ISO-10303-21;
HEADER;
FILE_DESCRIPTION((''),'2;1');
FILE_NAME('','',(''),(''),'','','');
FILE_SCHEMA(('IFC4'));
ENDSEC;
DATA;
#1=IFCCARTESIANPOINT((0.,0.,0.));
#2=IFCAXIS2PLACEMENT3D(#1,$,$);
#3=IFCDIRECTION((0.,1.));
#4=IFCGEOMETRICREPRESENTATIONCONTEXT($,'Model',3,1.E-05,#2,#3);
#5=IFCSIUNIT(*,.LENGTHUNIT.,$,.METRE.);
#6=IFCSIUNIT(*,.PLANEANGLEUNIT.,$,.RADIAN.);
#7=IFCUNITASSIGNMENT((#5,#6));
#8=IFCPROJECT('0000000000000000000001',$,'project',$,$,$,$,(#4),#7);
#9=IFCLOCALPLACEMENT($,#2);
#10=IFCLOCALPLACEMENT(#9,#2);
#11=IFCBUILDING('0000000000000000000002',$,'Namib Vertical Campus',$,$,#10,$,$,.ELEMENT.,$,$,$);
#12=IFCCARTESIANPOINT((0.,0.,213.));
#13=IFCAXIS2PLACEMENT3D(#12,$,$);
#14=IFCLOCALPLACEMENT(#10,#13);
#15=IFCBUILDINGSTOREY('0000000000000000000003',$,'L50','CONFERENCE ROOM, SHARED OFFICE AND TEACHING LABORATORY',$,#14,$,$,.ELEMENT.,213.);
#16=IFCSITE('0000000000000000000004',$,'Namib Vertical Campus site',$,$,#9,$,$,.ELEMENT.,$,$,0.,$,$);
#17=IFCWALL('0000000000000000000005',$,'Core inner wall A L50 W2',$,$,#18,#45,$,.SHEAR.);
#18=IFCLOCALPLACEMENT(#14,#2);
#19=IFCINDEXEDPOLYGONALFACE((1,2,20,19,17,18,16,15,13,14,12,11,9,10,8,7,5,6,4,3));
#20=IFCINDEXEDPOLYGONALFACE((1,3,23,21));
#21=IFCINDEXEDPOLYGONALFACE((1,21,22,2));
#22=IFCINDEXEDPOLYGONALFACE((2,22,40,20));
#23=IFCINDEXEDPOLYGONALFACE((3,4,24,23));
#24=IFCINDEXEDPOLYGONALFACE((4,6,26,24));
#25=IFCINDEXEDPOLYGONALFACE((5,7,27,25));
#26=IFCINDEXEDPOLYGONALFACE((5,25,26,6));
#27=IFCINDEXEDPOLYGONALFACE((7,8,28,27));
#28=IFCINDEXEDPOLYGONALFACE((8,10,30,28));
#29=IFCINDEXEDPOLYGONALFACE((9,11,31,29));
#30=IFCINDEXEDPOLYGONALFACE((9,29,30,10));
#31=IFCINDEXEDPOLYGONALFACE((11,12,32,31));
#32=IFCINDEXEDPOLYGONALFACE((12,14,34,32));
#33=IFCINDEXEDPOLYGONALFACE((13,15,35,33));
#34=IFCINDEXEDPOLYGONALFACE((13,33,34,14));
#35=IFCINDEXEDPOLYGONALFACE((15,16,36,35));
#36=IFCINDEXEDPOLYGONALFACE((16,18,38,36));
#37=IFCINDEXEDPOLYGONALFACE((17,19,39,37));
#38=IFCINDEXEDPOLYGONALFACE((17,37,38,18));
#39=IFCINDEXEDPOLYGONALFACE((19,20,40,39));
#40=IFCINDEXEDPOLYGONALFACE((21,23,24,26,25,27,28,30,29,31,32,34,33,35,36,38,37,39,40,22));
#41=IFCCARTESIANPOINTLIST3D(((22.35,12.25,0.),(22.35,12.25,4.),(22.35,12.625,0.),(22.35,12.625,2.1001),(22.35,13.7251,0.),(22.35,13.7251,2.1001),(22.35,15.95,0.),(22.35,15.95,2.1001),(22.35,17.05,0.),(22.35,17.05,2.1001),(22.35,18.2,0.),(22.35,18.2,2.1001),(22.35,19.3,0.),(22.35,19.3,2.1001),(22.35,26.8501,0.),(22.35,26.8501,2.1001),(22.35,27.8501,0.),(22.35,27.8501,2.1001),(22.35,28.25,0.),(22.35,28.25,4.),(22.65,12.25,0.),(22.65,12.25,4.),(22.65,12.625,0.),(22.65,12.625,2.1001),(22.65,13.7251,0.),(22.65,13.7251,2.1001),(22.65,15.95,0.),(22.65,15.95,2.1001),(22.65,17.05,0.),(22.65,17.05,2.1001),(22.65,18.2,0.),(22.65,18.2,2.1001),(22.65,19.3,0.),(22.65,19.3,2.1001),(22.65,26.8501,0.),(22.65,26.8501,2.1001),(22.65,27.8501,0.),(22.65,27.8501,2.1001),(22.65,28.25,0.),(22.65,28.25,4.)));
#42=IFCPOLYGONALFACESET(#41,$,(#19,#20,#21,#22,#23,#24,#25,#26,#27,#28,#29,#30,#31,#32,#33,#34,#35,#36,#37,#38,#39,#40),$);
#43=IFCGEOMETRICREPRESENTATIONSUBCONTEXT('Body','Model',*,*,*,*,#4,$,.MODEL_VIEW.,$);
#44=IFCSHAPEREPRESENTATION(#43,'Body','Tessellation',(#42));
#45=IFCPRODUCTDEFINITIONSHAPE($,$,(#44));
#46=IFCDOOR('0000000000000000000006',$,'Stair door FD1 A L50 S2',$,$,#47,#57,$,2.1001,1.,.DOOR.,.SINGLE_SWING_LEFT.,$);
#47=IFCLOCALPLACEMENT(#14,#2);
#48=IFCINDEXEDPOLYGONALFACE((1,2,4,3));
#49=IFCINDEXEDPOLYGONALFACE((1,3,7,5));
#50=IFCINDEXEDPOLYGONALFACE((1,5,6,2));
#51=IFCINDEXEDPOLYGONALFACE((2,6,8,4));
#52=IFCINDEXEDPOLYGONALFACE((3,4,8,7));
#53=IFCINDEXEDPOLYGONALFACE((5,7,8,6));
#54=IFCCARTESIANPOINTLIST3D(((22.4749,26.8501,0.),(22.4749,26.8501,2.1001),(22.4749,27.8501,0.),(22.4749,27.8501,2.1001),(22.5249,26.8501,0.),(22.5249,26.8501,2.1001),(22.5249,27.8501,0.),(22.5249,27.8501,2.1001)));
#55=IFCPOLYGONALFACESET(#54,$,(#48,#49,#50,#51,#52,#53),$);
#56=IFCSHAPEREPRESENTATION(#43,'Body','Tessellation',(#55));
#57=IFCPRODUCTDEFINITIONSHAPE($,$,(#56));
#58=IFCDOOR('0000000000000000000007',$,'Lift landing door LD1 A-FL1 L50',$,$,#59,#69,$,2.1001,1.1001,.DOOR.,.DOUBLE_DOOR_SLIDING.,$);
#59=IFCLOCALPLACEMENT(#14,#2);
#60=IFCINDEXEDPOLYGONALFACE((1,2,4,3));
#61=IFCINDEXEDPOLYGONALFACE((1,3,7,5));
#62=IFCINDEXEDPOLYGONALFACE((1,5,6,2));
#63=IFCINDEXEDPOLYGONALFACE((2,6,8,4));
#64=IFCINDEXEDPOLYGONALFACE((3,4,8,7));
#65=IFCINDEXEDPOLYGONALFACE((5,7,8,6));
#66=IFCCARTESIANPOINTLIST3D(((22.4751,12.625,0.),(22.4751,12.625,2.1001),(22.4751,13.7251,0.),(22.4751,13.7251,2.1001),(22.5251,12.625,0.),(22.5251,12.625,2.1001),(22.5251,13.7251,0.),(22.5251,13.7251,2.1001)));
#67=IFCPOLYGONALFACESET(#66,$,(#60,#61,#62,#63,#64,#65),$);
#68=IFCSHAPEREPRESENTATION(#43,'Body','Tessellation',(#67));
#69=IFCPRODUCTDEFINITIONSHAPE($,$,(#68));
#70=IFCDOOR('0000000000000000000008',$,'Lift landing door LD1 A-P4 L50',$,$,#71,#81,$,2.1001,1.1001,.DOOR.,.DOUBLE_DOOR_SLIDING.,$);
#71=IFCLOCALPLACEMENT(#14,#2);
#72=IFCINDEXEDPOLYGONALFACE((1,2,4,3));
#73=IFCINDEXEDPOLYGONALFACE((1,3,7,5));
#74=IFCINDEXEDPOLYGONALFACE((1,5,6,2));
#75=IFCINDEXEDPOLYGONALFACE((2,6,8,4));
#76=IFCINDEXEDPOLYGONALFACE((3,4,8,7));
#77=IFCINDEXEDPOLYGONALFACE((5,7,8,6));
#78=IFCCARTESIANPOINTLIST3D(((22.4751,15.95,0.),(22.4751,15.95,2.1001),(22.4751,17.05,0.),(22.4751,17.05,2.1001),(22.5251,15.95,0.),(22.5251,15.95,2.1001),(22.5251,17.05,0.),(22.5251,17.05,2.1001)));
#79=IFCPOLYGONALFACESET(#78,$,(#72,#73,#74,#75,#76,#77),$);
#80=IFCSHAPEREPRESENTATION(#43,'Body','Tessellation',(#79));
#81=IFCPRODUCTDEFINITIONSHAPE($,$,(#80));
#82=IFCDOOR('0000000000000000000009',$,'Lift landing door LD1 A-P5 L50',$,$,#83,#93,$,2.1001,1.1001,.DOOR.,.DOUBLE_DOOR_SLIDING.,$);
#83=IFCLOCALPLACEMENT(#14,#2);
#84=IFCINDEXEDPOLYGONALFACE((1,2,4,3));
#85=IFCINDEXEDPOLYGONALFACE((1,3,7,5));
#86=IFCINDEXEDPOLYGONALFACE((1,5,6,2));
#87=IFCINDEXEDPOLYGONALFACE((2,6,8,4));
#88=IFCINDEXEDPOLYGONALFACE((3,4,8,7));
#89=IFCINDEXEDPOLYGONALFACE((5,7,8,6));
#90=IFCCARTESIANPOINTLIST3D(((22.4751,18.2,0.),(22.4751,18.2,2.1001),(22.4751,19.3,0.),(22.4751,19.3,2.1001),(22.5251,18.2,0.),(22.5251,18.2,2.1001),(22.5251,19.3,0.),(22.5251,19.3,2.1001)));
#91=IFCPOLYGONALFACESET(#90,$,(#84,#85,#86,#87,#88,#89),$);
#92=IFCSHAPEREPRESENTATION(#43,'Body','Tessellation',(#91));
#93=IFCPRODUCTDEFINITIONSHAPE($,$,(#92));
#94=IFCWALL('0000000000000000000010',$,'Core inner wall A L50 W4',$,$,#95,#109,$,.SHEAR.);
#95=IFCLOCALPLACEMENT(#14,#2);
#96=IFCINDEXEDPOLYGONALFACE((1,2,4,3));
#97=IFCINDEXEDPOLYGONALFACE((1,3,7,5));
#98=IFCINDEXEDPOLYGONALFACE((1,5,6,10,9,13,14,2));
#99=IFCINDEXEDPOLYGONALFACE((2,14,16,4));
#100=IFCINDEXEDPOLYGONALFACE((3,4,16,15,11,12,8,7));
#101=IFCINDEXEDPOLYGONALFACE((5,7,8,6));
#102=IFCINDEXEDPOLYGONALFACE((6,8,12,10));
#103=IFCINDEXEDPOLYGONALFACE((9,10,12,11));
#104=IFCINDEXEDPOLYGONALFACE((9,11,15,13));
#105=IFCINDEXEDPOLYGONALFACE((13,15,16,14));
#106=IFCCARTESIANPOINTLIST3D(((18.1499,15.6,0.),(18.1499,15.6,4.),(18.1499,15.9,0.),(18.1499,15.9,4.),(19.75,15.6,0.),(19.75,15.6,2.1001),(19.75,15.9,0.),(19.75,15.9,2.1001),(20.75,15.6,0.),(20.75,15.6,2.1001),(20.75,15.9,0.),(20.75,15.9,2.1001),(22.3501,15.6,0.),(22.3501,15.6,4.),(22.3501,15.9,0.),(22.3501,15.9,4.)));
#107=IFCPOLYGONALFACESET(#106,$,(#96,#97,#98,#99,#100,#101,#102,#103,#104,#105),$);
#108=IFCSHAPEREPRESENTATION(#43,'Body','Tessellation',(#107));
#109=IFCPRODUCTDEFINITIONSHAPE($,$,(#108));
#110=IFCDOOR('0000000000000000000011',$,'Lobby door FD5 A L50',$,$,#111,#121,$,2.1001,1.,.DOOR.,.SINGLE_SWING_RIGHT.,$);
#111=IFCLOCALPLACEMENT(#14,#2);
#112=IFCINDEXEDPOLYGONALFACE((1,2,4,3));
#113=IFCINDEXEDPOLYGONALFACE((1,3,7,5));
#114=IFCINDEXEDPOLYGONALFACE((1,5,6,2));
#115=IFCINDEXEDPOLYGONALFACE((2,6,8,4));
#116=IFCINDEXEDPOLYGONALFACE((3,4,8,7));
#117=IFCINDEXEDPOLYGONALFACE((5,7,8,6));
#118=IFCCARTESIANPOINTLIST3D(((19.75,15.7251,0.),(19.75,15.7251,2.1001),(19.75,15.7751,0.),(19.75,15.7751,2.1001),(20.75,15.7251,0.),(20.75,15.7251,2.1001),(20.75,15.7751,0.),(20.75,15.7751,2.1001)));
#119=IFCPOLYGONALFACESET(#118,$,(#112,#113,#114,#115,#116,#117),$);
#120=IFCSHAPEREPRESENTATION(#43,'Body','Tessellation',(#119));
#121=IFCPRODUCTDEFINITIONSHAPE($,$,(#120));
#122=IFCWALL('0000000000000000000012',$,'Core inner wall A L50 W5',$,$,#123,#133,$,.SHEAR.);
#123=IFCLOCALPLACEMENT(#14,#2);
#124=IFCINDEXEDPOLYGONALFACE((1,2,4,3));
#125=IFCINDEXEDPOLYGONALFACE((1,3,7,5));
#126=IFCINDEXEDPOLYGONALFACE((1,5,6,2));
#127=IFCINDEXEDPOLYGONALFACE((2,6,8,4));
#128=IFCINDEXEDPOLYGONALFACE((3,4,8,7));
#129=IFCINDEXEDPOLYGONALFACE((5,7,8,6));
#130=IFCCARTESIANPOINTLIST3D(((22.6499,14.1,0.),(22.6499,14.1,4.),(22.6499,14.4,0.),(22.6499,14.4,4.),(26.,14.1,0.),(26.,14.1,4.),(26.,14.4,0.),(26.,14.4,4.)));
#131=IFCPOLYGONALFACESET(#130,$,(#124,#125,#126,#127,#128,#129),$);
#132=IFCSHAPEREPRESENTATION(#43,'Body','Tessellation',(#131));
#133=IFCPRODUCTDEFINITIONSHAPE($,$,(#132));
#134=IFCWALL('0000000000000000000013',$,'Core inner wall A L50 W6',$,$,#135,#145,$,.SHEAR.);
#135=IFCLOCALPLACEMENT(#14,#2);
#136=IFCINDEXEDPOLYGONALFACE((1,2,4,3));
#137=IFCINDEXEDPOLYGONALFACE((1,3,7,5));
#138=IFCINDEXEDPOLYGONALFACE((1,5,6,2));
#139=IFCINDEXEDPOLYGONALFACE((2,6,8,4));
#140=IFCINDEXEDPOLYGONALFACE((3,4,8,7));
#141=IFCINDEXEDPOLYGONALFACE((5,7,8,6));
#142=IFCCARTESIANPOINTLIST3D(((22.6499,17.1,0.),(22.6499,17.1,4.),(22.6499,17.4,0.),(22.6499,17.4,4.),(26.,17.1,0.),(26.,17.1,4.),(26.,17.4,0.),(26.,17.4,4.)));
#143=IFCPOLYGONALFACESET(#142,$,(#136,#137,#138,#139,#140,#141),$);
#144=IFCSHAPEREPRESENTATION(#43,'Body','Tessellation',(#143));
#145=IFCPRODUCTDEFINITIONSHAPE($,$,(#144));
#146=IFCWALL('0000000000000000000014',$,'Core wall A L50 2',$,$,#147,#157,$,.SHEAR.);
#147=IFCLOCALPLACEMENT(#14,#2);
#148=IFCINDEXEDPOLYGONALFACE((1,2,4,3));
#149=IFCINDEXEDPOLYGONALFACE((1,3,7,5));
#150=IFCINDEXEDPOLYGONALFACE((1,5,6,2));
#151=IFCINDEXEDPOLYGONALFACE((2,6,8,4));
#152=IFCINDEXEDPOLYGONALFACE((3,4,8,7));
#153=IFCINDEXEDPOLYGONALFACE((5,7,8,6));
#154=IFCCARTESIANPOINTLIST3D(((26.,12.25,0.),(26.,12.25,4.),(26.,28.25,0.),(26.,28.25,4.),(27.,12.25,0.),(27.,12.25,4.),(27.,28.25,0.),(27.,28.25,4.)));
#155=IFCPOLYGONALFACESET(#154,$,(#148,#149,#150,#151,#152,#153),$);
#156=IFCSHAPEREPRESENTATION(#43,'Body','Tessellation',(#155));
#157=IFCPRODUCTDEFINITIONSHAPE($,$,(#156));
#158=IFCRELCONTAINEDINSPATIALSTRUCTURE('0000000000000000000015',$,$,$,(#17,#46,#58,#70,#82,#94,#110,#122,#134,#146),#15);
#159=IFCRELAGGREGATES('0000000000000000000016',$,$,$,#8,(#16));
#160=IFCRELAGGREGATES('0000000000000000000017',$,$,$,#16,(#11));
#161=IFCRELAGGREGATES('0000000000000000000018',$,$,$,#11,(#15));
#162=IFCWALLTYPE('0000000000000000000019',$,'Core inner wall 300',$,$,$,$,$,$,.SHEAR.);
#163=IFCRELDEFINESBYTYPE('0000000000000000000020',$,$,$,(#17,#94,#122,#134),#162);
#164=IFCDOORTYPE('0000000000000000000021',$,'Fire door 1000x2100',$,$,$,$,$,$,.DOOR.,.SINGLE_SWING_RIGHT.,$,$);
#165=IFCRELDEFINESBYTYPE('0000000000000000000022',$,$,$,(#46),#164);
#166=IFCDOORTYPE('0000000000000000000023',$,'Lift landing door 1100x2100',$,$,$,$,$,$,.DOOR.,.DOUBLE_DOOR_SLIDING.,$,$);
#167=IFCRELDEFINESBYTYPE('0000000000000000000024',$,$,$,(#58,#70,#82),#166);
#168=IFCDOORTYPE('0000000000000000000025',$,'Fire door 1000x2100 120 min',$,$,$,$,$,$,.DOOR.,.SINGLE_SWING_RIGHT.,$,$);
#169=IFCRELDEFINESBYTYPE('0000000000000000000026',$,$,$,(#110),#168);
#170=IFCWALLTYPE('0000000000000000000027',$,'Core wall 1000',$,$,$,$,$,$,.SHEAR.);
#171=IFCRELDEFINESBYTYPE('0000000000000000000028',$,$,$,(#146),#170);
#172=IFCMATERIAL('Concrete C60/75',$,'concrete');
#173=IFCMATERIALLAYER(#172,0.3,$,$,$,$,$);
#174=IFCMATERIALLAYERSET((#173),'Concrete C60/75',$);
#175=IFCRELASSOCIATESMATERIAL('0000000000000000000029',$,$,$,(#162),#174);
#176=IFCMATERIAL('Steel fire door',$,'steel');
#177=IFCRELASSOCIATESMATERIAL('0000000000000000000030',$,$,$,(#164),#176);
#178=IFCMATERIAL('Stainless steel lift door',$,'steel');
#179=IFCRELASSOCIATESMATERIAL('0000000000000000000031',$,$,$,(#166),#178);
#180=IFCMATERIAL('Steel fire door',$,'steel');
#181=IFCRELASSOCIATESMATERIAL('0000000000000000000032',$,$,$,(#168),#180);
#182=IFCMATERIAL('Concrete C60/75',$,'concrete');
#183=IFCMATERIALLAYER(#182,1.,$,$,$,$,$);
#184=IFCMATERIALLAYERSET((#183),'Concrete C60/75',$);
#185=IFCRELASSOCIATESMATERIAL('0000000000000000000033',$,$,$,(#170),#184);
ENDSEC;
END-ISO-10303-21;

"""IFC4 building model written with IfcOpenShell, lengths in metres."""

from ifc_helpers import new_model, si_unit, direction, frame, frame_2d, origin, place, context, subcontext, project, spatial, rectangle, extrude, material, layer, layer_set, type_object, element, fill, save


model = new_model("IFC4")

# Units and contexts
model_context = context("Model", 3, precision=1e-05, world=origin(), true_north=direction((0.0, 1.0)))
body_context = subcontext(model_context, "Body", "Model", "MODEL_VIEW")
ifc_project = project(units=[si_unit("LENGTHUNIT", "METRE"), si_unit("PLANEANGLEUNIT", "RADIAN")], contexts=[model_context])

# Site, building, storey
site_placement = place(None, origin())
site = spatial("IfcSite", under=ifc_project, at=site_placement, Name="Namib Vertical Campus site", CompositionType="ELEMENT", RefElevation=0.0)
building_placement = place(site_placement, origin())
building = spatial("IfcBuilding", under=site, at=building_placement, Name="Namib Vertical Campus", CompositionType="ELEMENT")
storey_placement = place(building_placement, frame((0.0, 0.0, 213.0)))
storey = spatial("IfcBuildingStorey", under=building, at=storey_placement, Name="L50", Description="CONFERENCE ROOM, SHARED OFFICE AND TEACHING LABORATORY", CompositionType="ELEMENT", Elevation=213.0)

# Wall, openings, doors
ifc_material_1 = material(Name="Concrete C60/75", Category="concrete")
ifc_layer_1 = layer(ifc_material_1, 0.3)
ifc_layer_set_1 = layer_set([ifc_layer_1], Name="Concrete C60/75")
wall_type_1 = type_object("IfcWallType", Name="Core inner wall 300", PredefinedType="SHEAR", material=ifc_layer_set_1)
ifc_material_2 = material(Name="Steel fire door", Category="steel")
door_type_1 = type_object("IfcDoorType", Name="Fire door 1000x2100", OperationType="SINGLE_SWING_RIGHT", PredefinedType="DOOR", material=ifc_material_2)
ifc_material_3 = material(Name="Stainless steel lift door", Category="steel")
door_type_2 = type_object("IfcDoorType", Name="Lift landing door 1100x2100", OperationType="DOUBLE_DOOR_SLIDING", PredefinedType="DOOR", material=ifc_material_3)
wall_1_placement = place(storey_placement, frame((22.5, 12.25, 0.0), z_axis=(0.0, 0.0, 1.0), x_axis=(0.0, 1.0, 0.0)))
wall_1 = element("IfcWall", 1, at=wall_1_placement, inside=storey, type_object=wall_type_1, Name="Core inner wall A L50 W2", PredefinedType="SHEAR", context=body_context, shape_type="SweptSolid", body=[
    extrude(rectangle(XDim=16.0, YDim=0.3, at=frame_2d((8.0, 0.0))), origin(), (0.0, 0.0, 1.0), 4.0),
])
opening_1_placement = place(wall_1_placement, frame((14.6001, 0.0, 0.0)))
opening_1 = element("IfcOpeningElement", 2, at=opening_1_placement, cuts=wall_1, PredefinedType="OPENING", context=body_context, shape_type="SweptSolid", body=[
    extrude(rectangle(XDim=1.0, YDim=2.1001, at=frame_2d((0.5, 1.05))), frame((0.0, 0.1599, 0.0), z_axis=(0.0, -1.0, 0.0), x_axis=(1.0, 0.0, 0.0)), (0.0, 0.0, 1.0), 0.3201),
])
opening_2_placement = place(wall_1_placement, frame((0.375, 0.0, 0.0)))
opening_2 = element("IfcOpeningElement", 3, at=opening_2_placement, cuts=wall_1, PredefinedType="OPENING", context=body_context, shape_type="SweptSolid", body=[
    extrude(rectangle(XDim=1.1001, YDim=2.1001, at=frame_2d((0.55, 1.05))), frame((0.0, 0.1599, 0.0), z_axis=(0.0, -1.0, 0.0), x_axis=(1.0, 0.0, 0.0)), (0.0, 0.0, 1.0), 0.3201),
])
opening_3_placement = place(wall_1_placement, frame((3.7, 0.0, 0.0)))
opening_3 = element("IfcOpeningElement", 4, at=opening_3_placement, cuts=wall_1, PredefinedType="OPENING", context=body_context, shape_type="SweptSolid", body=[
    extrude(rectangle(XDim=1.1001, YDim=2.1001, at=frame_2d((0.55, 1.05))), frame((0.0, 0.1599, 0.0), z_axis=(0.0, -1.0, 0.0), x_axis=(1.0, 0.0, 0.0)), (0.0, 0.0, 1.0), 0.3201),
])
opening_4_placement = place(wall_1_placement, frame((5.95, 0.0, 0.0)))
opening_4 = element("IfcOpeningElement", 5, at=opening_4_placement, cuts=wall_1, PredefinedType="OPENING", context=body_context, shape_type="SweptSolid", body=[
    extrude(rectangle(XDim=1.1001, YDim=2.1001, at=frame_2d((0.55, 1.05))), frame((0.0, 0.1599, 0.0), z_axis=(0.0, -1.0, 0.0), x_axis=(1.0, 0.0, 0.0)), (0.0, 0.0, 1.0), 0.3201),
])
door_1_placement = place(opening_1_placement, frame((1.0, 0.0, 0.0), z_axis=(0.0, 0.0, 1.0), x_axis=(-1.0, 0.0, 0.0)))
door_1 = element("IfcDoor", 6, at=door_1_placement, inside=storey, type_object=door_type_1, Name="Stair door FD1 A L50 S2", OperationType="SINGLE_SWING_LEFT", OverallHeight=2.1001, OverallWidth=1.0, PredefinedType="DOOR", context=body_context, shape_type="SweptSolid", body=[
    extrude(rectangle(XDim=1.0, YDim=2.1001, at=frame_2d((0.5, 1.05))), frame((0.0, 0.0249, 0.0), z_axis=(0.0, -1.0, 0.0), x_axis=(1.0, 0.0, 0.0)), (0.0, 0.0, 1.0), 0.05),
])
fill(opening_1, door_1)
door_2_placement = place(opening_2_placement, origin())
door_2 = element("IfcDoor", 7, at=door_2_placement, inside=storey, type_object=door_type_2, Name="Lift landing door LD1 A-FL1 L50", OperationType="DOUBLE_DOOR_SLIDING", OverallHeight=2.1001, OverallWidth=1.1001, PredefinedType="DOOR", context=body_context, shape_type="SweptSolid", body=[
    extrude(rectangle(XDim=1.1001, YDim=2.1001, at=frame_2d((0.55, 1.05))), frame((0.0, 0.0249, 0.0), z_axis=(0.0, -1.0, 0.0), x_axis=(1.0, 0.0, 0.0)), (0.0, 0.0, 1.0), 0.05),
])
fill(opening_2, door_2)
door_3_placement = place(opening_3_placement, origin())
door_3 = element("IfcDoor", 8, at=door_3_placement, inside=storey, type_object=door_type_2, Name="Lift landing door LD1 A-P4 L50", OperationType="DOUBLE_DOOR_SLIDING", OverallHeight=2.1001, OverallWidth=1.1001, PredefinedType="DOOR", context=body_context, shape_type="SweptSolid", body=[
    extrude(rectangle(XDim=1.1001, YDim=2.1001, at=frame_2d((0.55, 1.05))), frame((0.0, 0.0249, 0.0), z_axis=(0.0, -1.0, 0.0), x_axis=(1.0, 0.0, 0.0)), (0.0, 0.0, 1.0), 0.05),
])
fill(opening_3, door_3)
door_4_placement = place(opening_4_placement, origin())
door_4 = element("IfcDoor", 9, at=door_4_placement, inside=storey, type_object=door_type_2, Name="Lift landing door LD1 A-P5 L50", OperationType="DOUBLE_DOOR_SLIDING", OverallHeight=2.1001, OverallWidth=1.1001, PredefinedType="DOOR", context=body_context, shape_type="SweptSolid", body=[
    extrude(rectangle(XDim=1.1001, YDim=2.1001, at=frame_2d((0.55, 1.05))), frame((0.0, 0.0249, 0.0), z_axis=(0.0, -1.0, 0.0), x_axis=(1.0, 0.0, 0.0)), (0.0, 0.0, 1.0), 0.05),
])
fill(opening_4, door_4)

# Wall, opening, door
wall_2_placement = place(storey_placement, frame((18.1499, 15.75, 0.0), z_axis=(0.0, 0.0, 1.0), x_axis=(1.0, 0.0, 0.0)))
wall_2 = element("IfcWall", 10, at=wall_2_placement, inside=storey, type_object=wall_type_1, Name="Core inner wall A L50 W4", PredefinedType="SHEAR", context=body_context, shape_type="SweptSolid", body=[
    extrude(rectangle(XDim=4.2002, YDim=0.3, at=frame_2d((2.1001, 0.0))), origin(), (0.0, 0.0, 1.0), 4.0),
])
opening_5_placement = place(wall_2_placement, frame((1.6001, 0.0, 0.0)))
opening_5 = element("IfcOpeningElement", 11, at=opening_5_placement, cuts=wall_2, PredefinedType="OPENING", context=body_context, shape_type="SweptSolid", body=[
    extrude(rectangle(XDim=1.0, YDim=2.1001, at=frame_2d((0.5, 1.05))), frame((0.0, 0.1599, 0.0), z_axis=(0.0, -1.0, 0.0), x_axis=(1.0, 0.0, 0.0)), (0.0, 0.0, 1.0), 0.3201),
])
ifc_material_4 = material(Name="Steel fire door", Category="steel")
door_type_3 = type_object("IfcDoorType", Name="Fire door 1000x2100 120 min", OperationType="SINGLE_SWING_RIGHT", PredefinedType="DOOR", material=ifc_material_4)
door_5_placement = place(opening_5_placement, frame((1.0, 0.0, 0.0), z_axis=(0.0, 0.0, 1.0), x_axis=(-1.0, 0.0, 0.0)))
door_5 = element("IfcDoor", 12, at=door_5_placement, inside=storey, type_object=door_type_3, Name="Lobby door FD5 A L50", OperationType="SINGLE_SWING_RIGHT", OverallHeight=2.1001, OverallWidth=1.0, PredefinedType="DOOR", context=body_context, shape_type="SweptSolid", body=[
    extrude(rectangle(XDim=1.0, YDim=2.1001, at=frame_2d((0.5, 1.05))), frame((0.0, 0.0249, 0.0), z_axis=(0.0, -1.0, 0.0), x_axis=(1.0, 0.0, 0.0)), (0.0, 0.0, 1.0), 0.05),
])
fill(opening_5, door_5)

# Walls
for number, where, z_axis, x_axis, name in (
    (13, (22.6499, 14.25, 0.0), (0.0, 0.0, 1.0), (1.0, 0.0, 0.0), "Core inner wall A L50 W5"),
    (14, (22.6499, 17.25, 0.0), (0.0, 0.0, 1.0), (1.0, 0.0, 0.0), "Core inner wall A L50 W6"),
):
    element("IfcWall", number, at=place(storey_placement, frame(where, z_axis=z_axis, x_axis=x_axis)), inside=storey, type_object=wall_type_1, Name=name, PredefinedType="SHEAR", context=body_context, shape_type="SweptSolid", body=[
        extrude(rectangle(XDim=3.3501, YDim=0.3, at=frame_2d((1.675, 0.0))), origin(), (0.0, 0.0, 1.0), 4.0),
    ])
ifc_material_5 = material(Name="Concrete C60/75", Category="concrete")
ifc_layer_2 = layer(ifc_material_5, 1.0)
ifc_layer_set_2 = layer_set([ifc_layer_2], Name="Concrete C60/75")
wall_type_2 = type_object("IfcWallType", Name="Core wall 1000", PredefinedType="SHEAR", material=ifc_layer_set_2)
wall_3_placement = place(storey_placement, frame((26.5, 12.25, 0.0), z_axis=(0.0, 0.0, 1.0), x_axis=(0.0, 1.0, 0.0)))
element("IfcWall", 15, at=wall_3_placement, inside=storey, type_object=wall_type_2, Name="Core wall A L50 2", PredefinedType="SHEAR", context=body_context, shape_type="SweptSolid", body=[
    extrude(rectangle(XDim=16.0, YDim=1.0, at=frame_2d((8.0, 0.0))), origin(), (0.0, 0.0, 1.0), 4.0),
])

save(model, "model.ifc")
